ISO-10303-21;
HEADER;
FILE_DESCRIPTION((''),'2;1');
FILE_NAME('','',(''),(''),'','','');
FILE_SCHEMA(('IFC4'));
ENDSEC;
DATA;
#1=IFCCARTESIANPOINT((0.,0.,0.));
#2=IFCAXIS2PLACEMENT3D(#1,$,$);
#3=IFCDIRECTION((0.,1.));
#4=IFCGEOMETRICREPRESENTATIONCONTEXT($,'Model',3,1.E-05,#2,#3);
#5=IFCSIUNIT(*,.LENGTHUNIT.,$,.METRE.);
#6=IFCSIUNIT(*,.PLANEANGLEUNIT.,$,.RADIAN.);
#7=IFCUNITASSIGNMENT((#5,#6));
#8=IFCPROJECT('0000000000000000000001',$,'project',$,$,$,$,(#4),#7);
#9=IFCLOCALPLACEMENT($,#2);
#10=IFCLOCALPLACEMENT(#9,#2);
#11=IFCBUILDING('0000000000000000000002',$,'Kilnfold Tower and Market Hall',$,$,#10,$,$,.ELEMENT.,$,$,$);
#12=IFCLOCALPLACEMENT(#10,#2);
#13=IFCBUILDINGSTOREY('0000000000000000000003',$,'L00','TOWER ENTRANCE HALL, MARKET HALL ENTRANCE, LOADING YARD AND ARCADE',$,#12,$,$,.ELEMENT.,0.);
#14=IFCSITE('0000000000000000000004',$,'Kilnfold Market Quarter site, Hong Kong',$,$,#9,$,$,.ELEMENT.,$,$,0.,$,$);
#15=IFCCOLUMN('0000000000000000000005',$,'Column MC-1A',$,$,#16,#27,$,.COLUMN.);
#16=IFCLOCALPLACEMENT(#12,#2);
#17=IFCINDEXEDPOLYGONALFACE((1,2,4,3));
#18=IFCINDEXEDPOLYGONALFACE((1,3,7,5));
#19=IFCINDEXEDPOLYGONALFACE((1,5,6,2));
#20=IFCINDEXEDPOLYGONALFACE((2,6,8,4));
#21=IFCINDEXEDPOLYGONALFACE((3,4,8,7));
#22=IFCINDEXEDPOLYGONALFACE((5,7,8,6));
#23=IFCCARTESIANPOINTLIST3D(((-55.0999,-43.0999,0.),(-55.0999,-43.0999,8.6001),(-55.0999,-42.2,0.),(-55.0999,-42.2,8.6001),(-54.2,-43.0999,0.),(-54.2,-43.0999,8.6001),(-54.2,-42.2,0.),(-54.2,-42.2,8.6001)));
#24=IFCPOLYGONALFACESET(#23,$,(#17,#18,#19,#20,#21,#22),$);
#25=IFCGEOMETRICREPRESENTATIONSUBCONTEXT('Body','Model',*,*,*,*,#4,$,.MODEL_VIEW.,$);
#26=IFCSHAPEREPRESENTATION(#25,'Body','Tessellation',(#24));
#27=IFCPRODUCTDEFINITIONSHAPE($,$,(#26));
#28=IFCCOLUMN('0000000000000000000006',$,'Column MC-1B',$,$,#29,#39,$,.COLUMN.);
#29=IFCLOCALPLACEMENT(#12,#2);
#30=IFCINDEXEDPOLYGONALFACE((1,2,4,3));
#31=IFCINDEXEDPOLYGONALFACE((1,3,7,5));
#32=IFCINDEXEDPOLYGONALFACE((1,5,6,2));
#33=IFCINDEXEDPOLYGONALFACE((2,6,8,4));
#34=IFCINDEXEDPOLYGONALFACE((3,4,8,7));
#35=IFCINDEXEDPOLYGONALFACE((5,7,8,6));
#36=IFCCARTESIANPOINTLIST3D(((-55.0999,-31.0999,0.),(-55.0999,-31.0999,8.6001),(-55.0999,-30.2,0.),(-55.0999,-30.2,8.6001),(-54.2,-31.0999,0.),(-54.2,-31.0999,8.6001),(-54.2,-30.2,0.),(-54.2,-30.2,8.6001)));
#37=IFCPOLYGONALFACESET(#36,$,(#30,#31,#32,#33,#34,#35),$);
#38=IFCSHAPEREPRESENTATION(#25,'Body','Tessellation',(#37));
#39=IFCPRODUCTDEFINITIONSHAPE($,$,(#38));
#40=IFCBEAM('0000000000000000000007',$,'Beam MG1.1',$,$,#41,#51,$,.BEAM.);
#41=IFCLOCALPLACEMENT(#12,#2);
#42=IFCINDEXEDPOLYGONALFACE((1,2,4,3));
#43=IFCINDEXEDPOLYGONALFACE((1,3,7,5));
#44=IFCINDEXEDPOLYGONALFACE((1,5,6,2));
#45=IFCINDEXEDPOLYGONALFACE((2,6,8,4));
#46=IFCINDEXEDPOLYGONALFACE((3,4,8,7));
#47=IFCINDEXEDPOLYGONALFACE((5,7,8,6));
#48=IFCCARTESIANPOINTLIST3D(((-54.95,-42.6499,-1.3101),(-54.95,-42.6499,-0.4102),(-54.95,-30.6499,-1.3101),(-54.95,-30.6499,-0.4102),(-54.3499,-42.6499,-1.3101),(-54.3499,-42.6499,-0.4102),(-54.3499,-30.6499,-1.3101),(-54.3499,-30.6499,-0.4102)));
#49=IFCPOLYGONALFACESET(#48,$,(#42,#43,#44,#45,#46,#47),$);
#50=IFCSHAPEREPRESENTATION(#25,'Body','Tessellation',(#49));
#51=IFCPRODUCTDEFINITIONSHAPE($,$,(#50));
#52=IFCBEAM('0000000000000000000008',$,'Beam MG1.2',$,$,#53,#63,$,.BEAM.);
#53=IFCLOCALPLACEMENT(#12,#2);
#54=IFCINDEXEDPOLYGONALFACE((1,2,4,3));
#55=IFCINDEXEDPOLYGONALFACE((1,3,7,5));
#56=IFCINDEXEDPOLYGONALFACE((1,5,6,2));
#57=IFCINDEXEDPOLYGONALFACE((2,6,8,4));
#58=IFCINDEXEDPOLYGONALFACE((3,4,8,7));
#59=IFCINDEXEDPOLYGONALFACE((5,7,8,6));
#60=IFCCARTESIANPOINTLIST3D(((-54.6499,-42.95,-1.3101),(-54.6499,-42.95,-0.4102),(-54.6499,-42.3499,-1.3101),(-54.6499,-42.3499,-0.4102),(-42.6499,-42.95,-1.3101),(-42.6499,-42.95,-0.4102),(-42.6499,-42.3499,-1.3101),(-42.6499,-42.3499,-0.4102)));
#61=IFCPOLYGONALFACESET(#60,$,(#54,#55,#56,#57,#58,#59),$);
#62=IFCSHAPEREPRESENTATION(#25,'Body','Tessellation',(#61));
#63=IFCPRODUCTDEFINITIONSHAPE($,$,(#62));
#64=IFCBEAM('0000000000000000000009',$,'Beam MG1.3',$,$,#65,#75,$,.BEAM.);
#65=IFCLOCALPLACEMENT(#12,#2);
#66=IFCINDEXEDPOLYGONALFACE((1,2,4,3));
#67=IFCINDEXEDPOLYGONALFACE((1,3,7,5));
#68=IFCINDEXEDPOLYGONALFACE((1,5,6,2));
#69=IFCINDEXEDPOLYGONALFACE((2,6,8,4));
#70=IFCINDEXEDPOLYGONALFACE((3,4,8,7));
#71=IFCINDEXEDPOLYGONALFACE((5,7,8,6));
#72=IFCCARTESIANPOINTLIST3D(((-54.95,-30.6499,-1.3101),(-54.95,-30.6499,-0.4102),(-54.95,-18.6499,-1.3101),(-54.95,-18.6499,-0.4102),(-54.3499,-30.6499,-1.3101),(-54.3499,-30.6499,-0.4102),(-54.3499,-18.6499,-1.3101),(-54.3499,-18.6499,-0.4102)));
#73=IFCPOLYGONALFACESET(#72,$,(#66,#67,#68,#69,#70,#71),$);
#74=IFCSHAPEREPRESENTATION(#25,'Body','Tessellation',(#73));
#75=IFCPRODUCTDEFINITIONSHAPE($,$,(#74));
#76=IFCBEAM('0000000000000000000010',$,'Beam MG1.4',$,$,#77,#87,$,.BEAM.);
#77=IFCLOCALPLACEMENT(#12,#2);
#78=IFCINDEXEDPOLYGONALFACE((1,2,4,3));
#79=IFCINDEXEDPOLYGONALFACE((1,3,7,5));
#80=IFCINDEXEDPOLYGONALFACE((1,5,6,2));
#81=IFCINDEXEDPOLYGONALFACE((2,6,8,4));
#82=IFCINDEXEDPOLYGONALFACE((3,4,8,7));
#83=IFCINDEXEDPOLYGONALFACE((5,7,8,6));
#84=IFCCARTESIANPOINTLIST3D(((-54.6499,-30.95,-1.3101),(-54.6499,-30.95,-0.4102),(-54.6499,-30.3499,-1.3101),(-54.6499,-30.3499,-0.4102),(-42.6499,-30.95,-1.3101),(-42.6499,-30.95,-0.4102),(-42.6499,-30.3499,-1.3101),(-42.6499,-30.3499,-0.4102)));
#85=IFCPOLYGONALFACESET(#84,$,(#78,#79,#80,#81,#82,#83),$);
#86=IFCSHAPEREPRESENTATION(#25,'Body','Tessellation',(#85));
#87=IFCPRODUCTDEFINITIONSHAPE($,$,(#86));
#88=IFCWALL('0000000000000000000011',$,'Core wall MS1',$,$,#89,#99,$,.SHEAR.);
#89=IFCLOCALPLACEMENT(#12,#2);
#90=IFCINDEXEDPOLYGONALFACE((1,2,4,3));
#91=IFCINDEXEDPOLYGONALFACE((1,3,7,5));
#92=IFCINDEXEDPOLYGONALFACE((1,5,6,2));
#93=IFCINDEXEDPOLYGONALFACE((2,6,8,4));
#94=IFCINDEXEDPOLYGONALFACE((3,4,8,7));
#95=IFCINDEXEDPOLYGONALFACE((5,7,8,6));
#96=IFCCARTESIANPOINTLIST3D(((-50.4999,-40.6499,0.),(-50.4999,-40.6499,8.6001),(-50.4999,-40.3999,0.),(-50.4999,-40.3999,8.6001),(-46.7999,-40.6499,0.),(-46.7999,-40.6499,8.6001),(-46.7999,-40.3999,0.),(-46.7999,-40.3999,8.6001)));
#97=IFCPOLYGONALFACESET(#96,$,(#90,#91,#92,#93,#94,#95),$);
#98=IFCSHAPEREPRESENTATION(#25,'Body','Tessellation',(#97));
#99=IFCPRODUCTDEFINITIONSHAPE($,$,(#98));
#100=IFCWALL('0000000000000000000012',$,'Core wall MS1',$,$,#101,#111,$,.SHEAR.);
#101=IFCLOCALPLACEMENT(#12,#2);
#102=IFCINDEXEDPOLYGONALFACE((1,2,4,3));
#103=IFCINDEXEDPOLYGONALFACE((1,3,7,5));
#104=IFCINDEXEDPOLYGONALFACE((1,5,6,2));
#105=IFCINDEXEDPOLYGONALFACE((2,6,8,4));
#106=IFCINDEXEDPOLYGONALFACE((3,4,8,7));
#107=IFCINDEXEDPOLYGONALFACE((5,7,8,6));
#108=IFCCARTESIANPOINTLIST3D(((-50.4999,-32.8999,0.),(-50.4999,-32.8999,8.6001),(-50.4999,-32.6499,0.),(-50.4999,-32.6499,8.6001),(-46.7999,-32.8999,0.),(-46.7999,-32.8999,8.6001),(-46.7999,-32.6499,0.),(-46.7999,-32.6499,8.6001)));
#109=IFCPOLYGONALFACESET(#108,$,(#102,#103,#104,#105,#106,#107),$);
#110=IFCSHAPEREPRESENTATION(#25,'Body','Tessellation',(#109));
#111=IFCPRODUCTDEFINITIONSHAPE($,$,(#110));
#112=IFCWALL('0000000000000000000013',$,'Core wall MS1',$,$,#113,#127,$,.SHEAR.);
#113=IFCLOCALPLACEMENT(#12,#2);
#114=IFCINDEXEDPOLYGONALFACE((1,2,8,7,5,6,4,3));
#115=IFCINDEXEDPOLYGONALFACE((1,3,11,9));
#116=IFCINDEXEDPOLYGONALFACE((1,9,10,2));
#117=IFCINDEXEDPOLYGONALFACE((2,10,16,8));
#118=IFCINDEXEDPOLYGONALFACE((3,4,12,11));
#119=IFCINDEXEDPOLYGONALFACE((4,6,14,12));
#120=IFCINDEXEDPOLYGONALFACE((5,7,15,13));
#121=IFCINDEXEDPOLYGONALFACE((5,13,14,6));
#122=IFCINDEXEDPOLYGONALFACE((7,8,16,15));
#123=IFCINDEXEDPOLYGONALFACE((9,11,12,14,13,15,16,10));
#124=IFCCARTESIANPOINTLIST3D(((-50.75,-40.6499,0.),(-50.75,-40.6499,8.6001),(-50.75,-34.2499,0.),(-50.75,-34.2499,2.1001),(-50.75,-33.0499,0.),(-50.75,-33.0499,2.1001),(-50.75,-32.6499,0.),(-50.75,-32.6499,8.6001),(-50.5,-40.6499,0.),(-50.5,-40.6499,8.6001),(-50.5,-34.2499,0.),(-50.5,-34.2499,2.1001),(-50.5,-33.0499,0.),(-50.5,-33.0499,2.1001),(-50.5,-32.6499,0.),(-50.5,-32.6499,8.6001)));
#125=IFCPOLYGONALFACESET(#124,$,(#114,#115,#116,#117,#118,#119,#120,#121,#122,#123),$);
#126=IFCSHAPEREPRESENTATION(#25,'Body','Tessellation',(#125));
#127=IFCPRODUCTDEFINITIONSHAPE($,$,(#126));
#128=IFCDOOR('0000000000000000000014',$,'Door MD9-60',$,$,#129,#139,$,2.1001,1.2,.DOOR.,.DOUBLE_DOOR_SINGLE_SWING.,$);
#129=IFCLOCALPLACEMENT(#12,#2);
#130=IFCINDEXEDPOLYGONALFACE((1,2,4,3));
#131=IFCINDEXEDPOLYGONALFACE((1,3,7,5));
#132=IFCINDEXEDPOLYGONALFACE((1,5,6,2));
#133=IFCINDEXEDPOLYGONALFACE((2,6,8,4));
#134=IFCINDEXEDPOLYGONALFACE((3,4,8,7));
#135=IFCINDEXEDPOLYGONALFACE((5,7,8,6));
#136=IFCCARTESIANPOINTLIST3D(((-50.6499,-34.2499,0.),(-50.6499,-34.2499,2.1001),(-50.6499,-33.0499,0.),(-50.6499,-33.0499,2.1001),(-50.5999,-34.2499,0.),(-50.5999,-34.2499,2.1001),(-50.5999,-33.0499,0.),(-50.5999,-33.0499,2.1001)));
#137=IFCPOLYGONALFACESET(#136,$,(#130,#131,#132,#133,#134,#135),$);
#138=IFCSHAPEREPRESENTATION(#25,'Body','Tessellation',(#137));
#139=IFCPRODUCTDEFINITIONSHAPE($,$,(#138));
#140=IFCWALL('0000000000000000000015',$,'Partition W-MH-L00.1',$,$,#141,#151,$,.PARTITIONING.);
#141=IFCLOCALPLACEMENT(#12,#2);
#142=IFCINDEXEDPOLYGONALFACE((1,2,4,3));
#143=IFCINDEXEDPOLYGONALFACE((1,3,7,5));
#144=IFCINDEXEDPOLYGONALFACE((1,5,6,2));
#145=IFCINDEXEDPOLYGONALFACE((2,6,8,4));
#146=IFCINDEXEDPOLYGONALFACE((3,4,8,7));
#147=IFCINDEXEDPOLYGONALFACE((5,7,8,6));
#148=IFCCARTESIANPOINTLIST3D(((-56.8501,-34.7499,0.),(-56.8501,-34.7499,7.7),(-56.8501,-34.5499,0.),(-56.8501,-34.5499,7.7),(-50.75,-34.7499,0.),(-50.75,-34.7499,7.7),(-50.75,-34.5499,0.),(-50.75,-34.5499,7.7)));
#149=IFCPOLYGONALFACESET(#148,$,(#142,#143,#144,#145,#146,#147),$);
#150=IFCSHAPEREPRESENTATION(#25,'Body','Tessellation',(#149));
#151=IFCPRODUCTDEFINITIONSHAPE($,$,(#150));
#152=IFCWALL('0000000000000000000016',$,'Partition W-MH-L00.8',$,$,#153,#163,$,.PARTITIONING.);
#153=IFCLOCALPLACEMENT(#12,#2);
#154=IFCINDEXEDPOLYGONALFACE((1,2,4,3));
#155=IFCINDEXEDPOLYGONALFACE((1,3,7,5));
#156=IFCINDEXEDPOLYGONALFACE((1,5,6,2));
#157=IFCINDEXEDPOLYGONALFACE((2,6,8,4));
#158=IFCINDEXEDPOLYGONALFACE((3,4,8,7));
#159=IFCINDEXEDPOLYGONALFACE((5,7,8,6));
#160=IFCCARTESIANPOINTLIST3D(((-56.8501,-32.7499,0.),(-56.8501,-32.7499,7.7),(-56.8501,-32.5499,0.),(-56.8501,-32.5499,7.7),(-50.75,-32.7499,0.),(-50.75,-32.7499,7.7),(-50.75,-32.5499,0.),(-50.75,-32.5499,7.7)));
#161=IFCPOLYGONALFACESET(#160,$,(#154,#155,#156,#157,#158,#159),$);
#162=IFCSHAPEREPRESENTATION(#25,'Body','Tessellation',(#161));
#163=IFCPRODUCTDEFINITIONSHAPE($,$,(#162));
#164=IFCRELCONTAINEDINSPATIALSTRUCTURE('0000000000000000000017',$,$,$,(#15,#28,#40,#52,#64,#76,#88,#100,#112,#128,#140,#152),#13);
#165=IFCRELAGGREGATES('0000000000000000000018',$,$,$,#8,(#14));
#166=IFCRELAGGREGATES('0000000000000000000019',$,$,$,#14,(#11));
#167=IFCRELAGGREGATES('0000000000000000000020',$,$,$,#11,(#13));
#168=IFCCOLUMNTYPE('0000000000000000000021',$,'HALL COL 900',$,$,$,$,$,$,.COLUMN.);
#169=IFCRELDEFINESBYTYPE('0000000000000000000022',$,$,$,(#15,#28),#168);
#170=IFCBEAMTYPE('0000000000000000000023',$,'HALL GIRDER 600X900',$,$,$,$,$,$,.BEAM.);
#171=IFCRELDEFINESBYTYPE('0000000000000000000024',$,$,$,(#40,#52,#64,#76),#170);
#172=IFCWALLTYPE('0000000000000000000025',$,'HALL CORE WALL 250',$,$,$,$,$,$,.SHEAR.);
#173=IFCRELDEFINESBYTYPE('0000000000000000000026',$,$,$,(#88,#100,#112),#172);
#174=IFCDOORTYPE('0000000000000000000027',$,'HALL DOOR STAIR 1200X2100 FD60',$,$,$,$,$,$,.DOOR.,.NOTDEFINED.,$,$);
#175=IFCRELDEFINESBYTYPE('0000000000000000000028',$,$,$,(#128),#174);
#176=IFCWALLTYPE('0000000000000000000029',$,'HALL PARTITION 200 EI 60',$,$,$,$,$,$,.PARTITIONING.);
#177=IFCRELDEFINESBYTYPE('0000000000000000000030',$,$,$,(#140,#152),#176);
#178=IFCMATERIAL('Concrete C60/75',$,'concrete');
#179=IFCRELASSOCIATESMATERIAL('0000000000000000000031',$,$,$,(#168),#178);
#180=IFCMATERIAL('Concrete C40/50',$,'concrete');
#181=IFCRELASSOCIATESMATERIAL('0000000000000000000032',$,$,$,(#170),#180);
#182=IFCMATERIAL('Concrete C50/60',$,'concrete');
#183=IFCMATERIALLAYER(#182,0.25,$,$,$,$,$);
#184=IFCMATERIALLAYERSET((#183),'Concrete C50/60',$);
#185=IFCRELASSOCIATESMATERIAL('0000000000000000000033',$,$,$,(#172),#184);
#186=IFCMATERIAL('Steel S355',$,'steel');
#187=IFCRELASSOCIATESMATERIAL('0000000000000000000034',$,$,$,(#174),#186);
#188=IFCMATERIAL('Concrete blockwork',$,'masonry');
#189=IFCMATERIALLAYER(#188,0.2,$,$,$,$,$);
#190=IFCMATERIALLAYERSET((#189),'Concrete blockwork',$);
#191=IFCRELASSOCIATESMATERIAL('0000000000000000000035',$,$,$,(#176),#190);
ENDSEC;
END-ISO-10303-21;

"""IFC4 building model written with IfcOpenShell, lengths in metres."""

from ifc_helpers import new_model, si_unit, direction, frame, frame_2d, origin, origin_2d, place, context, subcontext, project, spatial, rectangle, extrude, source, transform, mapped, material, layer, layer_set, material_profile, profile_set, type_object, element, fill, save


model = new_model("IFC4")

# Units and contexts
model_context = context("Model", 3, precision=1e-05, world=origin(), true_north=direction((0.0, 1.0)))
body_context = subcontext(model_context, "Body", "Model", "MODEL_VIEW")
ifc_project = project(units=[si_unit("LENGTHUNIT", "METRE"), si_unit("PLANEANGLEUNIT", "RADIAN")], contexts=[model_context])

# Site, building, storey
site_placement = place(None, origin())
site = spatial("IfcSite", under=ifc_project, at=site_placement, Name="Kilnfold Market Quarter site, Hong Kong", CompositionType="ELEMENT", RefElevation=0.0)
building_placement = place(site_placement, origin())
building = spatial("IfcBuilding", under=site, at=building_placement, Name="Kilnfold Tower and Market Hall", CompositionType="ELEMENT")
storey_placement = place(building_placement, origin())
storey = spatial("IfcBuildingStorey", under=building, at=storey_placement, Name="L00", Description="TOWER ENTRANCE HALL, MARKET HALL ENTRANCE, LOADING YARD AND ARCADE", CompositionType="ELEMENT", Elevation=0.0)

# Columns
ifc_material_1 = material(Name="Concrete C60/75", Category="concrete")
ifc_material_profile_1 = material_profile(ifc_material_1, rectangle(XDim=0.8999, YDim=0.8999, at=origin_2d()), Name="RC 900x900")
ifc_profile_set_1 = profile_set([ifc_material_profile_1], Name="Concrete C60/75")
column_type = type_object("IfcColumnType", Name="HALL COL 900", PredefinedType="COLUMN", material=ifc_profile_set_1)
shared_shape_1 = source(origin(), body_context, "Body", "SweptSolid", [
    extrude(rectangle(XDim=0.8999, YDim=0.8999, at=origin_2d()), origin(), (0.0, 0.0, 1.0), 8.6001),
])
for number, where, z_axis, x_axis, name in (
    (1, (-54.6499, -42.6499, 0.0), (0.0, 0.0, 1.0), (1.0, 0.0, 0.0), "Column MC-1A"),
    (2, (-54.6499, -30.6499, 0.0), (0.0, 0.0, 1.0), (1.0, 0.0, 0.0), "Column MC-1B"),
):
    element("IfcColumn", number, at=place(storey_placement, frame(where, z_axis=z_axis, x_axis=x_axis)), inside=storey, type_object=column_type, Name=name, PredefinedType="COLUMN", context=body_context, shape_type="MappedRepresentation", body=[
        mapped(shared_shape_1, transform((0.0, 0.0, 0.0))),
    ])

# Beams
ifc_material_2 = material(Name="Concrete C40/50", Category="concrete")
ifc_material_profile_2 = material_profile(ifc_material_2, rectangle(XDim=0.6001, YDim=0.8999, at=origin_2d()), Name="RC 600x900")
ifc_profile_set_2 = profile_set([ifc_material_profile_2], Name="Concrete C40/50")
beam_type = type_object("IfcBeamType", Name="HALL GIRDER 600X900", PredefinedType="BEAM", material=ifc_profile_set_2)
for number, where, z_axis, x_axis, name in (
    (3, (-54.6499, -42.6499, -0.8601), (0.0, 1.0, 0.0), (-1.0, 0.0, 0.0), "Beam MG1.1"),
    (4, (-54.6499, -42.6499, -0.8601), (1.0, 0.0, 0.0), (0.0, 1.0, 0.0), "Beam MG1.2"),
    (5, (-54.6499, -30.6499, -0.8601), (0.0, 1.0, 0.0), (-1.0, 0.0, 0.0), "Beam MG1.3"),
    (6, (-54.6499, -30.6499, -0.8601), (1.0, 0.0, 0.0), (0.0, 1.0, 0.0), "Beam MG1.4"),
):
    element("IfcBeam", number, at=place(storey_placement, frame(where, z_axis=z_axis, x_axis=x_axis)), inside=storey, type_object=beam_type, Name=name, PredefinedType="BEAM", context=body_context, shape_type="SweptSolid", body=[
        extrude(rectangle(XDim=0.6001, YDim=0.8999, at=origin_2d()), origin(), (0.0, 0.0, 1.0), 12.0),
    ])

# Walls
ifc_material_3 = material(Name="Concrete C50/60", Category="concrete")
ifc_layer_1 = layer(ifc_material_3, 0.25)
ifc_layer_set_1 = layer_set([ifc_layer_1], Name="Concrete C50/60")
wall_type_1 = type_object("IfcWallType", Name="HALL CORE WALL 250", PredefinedType="SHEAR", material=ifc_layer_set_1)
shared_shape_2 = source(origin(), body_context, "Body", "SweptSolid", [
    extrude(rectangle(XDim=3.7, YDim=0.25, at=frame_2d((1.8501, 0.0))), origin(), (0.0, 0.0, 1.0), 8.6001),
])
for number, where, z_axis, x_axis, name in (
    (7, (-50.5, -40.5249, 0.0), (0.0, 0.0, 1.0), (1.0, 0.0, 0.0), "Core wall MS1"),
    (8, (-50.5, -32.7749, 0.0), (0.0, 0.0, 1.0), (1.0, 0.0, 0.0), "Core wall MS1"),
):
    element("IfcWall", number, at=place(storey_placement, frame(where, z_axis=z_axis, x_axis=x_axis)), inside=storey, type_object=wall_type_1, Name=name, PredefinedType="SHEAR", context=body_context, shape_type="MappedRepresentation", body=[
        mapped(shared_shape_2, transform((0.0, 0.0, 0.0))),
    ])

# Wall, opening, door
shared_shape_3 = source(origin(), body_context, "Body", "SweptSolid", [
    extrude(rectangle(XDim=8.0, YDim=0.25, at=frame_2d((4.0, 0.0))), origin(), (0.0, 0.0, 1.0), 8.6001),
])
wall_1_placement = place(storey_placement, frame((-50.625, -40.6499, 0.0), z_axis=(0.0, 0.0, 1.0), x_axis=(0.0, 1.0, 0.0)))
wall_1 = element("IfcWall", 9, at=wall_1_placement, inside=storey, type_object=wall_type_1, Name="Core wall MS1", PredefinedType="SHEAR", context=body_context, shape_type="MappedRepresentation", body=[
    mapped(shared_shape_3, transform((0.0, 0.0, 0.0))),
])
opening_1_placement = place(wall_1_placement, frame((6.3999, 0.0, 0.0)))
opening_1 = element("IfcOpeningElement", 10, at=opening_1_placement, cuts=wall_1, PredefinedType="OPENING", context=body_context, shape_type="SweptSolid", body=[
    extrude(rectangle(XDim=1.2, YDim=2.1001, at=frame_2d((0.6001, 1.05))), frame((0.0, 0.135, 0.0), z_axis=(0.0, -1.0, 0.0), x_axis=(1.0, 0.0, 0.0)), (0.0, 0.0, 1.0), 0.27),
])
ifc_material_4 = material(Name="Steel S355", Category="steel")
door_type_1 = type_object("IfcDoorType", Name="HALL DOOR STAIR 1200X2100 FD60", OperationType="NOTDEFINED", PredefinedType="DOOR", material=ifc_material_4)
door_1_placement = place(opening_1_placement, origin())
door_1 = element("IfcDoor", 11, at=door_1_placement, inside=storey, type_object=door_type_1, Name="Door MD9-60", OperationType="DOUBLE_DOOR_SINGLE_SWING", OverallHeight=2.1001, OverallWidth=1.2, PredefinedType="DOOR", context=body_context, shape_type="SweptSolid", body=[
    extrude(rectangle(XDim=1.2, YDim=2.1001, at=frame_2d((0.6001, 1.05))), frame((0.0, 0.0249, 0.0), z_axis=(0.0, -1.0, 0.0), x_axis=(1.0, 0.0, 0.0)), (0.0, 0.0, 1.0), 0.05),
])
fill(opening_1, door_1)

# Walls
ifc_material_5 = material(Name="Concrete blockwork", Category="masonry")
ifc_layer_2 = layer(ifc_material_5, 0.2)
ifc_layer_set_2 = layer_set([ifc_layer_2], Name="Concrete blockwork")
wall_type_2 = type_object("IfcWallType", Name="HALL PARTITION 200 EI 60", PredefinedType="PARTITIONING", material=ifc_layer_set_2)
shared_shape_4 = source(origin(), body_context, "Body", "SweptSolid", [
    extrude(rectangle(XDim=6.1001, YDim=0.2, at=frame_2d((3.05, 0.0))), origin(), (0.0, 0.0, 1.0), 7.7),
])
for number, where, z_axis, x_axis, name in (
    (12, (-56.8501, -34.6499, 0.0), (0.0, 0.0, 1.0), (1.0, 0.0, 0.0), "Partition W-MH-L00.1"),
    (13, (-50.75, -32.6499, 0.0), (0.0, 0.0, 1.0), (-1.0, 0.0, 0.0), "Partition W-MH-L00.8"),
):
    element("IfcWall", number, at=place(storey_placement, frame(where, z_axis=z_axis, x_axis=x_axis)), inside=storey, type_object=wall_type_2, Name=name, PredefinedType="PARTITIONING", context=body_context, shape_type="MappedRepresentation", body=[
        mapped(shared_shape_4, transform((0.0, 0.0, 0.0))),
    ])

save(model, "model.ifc")
